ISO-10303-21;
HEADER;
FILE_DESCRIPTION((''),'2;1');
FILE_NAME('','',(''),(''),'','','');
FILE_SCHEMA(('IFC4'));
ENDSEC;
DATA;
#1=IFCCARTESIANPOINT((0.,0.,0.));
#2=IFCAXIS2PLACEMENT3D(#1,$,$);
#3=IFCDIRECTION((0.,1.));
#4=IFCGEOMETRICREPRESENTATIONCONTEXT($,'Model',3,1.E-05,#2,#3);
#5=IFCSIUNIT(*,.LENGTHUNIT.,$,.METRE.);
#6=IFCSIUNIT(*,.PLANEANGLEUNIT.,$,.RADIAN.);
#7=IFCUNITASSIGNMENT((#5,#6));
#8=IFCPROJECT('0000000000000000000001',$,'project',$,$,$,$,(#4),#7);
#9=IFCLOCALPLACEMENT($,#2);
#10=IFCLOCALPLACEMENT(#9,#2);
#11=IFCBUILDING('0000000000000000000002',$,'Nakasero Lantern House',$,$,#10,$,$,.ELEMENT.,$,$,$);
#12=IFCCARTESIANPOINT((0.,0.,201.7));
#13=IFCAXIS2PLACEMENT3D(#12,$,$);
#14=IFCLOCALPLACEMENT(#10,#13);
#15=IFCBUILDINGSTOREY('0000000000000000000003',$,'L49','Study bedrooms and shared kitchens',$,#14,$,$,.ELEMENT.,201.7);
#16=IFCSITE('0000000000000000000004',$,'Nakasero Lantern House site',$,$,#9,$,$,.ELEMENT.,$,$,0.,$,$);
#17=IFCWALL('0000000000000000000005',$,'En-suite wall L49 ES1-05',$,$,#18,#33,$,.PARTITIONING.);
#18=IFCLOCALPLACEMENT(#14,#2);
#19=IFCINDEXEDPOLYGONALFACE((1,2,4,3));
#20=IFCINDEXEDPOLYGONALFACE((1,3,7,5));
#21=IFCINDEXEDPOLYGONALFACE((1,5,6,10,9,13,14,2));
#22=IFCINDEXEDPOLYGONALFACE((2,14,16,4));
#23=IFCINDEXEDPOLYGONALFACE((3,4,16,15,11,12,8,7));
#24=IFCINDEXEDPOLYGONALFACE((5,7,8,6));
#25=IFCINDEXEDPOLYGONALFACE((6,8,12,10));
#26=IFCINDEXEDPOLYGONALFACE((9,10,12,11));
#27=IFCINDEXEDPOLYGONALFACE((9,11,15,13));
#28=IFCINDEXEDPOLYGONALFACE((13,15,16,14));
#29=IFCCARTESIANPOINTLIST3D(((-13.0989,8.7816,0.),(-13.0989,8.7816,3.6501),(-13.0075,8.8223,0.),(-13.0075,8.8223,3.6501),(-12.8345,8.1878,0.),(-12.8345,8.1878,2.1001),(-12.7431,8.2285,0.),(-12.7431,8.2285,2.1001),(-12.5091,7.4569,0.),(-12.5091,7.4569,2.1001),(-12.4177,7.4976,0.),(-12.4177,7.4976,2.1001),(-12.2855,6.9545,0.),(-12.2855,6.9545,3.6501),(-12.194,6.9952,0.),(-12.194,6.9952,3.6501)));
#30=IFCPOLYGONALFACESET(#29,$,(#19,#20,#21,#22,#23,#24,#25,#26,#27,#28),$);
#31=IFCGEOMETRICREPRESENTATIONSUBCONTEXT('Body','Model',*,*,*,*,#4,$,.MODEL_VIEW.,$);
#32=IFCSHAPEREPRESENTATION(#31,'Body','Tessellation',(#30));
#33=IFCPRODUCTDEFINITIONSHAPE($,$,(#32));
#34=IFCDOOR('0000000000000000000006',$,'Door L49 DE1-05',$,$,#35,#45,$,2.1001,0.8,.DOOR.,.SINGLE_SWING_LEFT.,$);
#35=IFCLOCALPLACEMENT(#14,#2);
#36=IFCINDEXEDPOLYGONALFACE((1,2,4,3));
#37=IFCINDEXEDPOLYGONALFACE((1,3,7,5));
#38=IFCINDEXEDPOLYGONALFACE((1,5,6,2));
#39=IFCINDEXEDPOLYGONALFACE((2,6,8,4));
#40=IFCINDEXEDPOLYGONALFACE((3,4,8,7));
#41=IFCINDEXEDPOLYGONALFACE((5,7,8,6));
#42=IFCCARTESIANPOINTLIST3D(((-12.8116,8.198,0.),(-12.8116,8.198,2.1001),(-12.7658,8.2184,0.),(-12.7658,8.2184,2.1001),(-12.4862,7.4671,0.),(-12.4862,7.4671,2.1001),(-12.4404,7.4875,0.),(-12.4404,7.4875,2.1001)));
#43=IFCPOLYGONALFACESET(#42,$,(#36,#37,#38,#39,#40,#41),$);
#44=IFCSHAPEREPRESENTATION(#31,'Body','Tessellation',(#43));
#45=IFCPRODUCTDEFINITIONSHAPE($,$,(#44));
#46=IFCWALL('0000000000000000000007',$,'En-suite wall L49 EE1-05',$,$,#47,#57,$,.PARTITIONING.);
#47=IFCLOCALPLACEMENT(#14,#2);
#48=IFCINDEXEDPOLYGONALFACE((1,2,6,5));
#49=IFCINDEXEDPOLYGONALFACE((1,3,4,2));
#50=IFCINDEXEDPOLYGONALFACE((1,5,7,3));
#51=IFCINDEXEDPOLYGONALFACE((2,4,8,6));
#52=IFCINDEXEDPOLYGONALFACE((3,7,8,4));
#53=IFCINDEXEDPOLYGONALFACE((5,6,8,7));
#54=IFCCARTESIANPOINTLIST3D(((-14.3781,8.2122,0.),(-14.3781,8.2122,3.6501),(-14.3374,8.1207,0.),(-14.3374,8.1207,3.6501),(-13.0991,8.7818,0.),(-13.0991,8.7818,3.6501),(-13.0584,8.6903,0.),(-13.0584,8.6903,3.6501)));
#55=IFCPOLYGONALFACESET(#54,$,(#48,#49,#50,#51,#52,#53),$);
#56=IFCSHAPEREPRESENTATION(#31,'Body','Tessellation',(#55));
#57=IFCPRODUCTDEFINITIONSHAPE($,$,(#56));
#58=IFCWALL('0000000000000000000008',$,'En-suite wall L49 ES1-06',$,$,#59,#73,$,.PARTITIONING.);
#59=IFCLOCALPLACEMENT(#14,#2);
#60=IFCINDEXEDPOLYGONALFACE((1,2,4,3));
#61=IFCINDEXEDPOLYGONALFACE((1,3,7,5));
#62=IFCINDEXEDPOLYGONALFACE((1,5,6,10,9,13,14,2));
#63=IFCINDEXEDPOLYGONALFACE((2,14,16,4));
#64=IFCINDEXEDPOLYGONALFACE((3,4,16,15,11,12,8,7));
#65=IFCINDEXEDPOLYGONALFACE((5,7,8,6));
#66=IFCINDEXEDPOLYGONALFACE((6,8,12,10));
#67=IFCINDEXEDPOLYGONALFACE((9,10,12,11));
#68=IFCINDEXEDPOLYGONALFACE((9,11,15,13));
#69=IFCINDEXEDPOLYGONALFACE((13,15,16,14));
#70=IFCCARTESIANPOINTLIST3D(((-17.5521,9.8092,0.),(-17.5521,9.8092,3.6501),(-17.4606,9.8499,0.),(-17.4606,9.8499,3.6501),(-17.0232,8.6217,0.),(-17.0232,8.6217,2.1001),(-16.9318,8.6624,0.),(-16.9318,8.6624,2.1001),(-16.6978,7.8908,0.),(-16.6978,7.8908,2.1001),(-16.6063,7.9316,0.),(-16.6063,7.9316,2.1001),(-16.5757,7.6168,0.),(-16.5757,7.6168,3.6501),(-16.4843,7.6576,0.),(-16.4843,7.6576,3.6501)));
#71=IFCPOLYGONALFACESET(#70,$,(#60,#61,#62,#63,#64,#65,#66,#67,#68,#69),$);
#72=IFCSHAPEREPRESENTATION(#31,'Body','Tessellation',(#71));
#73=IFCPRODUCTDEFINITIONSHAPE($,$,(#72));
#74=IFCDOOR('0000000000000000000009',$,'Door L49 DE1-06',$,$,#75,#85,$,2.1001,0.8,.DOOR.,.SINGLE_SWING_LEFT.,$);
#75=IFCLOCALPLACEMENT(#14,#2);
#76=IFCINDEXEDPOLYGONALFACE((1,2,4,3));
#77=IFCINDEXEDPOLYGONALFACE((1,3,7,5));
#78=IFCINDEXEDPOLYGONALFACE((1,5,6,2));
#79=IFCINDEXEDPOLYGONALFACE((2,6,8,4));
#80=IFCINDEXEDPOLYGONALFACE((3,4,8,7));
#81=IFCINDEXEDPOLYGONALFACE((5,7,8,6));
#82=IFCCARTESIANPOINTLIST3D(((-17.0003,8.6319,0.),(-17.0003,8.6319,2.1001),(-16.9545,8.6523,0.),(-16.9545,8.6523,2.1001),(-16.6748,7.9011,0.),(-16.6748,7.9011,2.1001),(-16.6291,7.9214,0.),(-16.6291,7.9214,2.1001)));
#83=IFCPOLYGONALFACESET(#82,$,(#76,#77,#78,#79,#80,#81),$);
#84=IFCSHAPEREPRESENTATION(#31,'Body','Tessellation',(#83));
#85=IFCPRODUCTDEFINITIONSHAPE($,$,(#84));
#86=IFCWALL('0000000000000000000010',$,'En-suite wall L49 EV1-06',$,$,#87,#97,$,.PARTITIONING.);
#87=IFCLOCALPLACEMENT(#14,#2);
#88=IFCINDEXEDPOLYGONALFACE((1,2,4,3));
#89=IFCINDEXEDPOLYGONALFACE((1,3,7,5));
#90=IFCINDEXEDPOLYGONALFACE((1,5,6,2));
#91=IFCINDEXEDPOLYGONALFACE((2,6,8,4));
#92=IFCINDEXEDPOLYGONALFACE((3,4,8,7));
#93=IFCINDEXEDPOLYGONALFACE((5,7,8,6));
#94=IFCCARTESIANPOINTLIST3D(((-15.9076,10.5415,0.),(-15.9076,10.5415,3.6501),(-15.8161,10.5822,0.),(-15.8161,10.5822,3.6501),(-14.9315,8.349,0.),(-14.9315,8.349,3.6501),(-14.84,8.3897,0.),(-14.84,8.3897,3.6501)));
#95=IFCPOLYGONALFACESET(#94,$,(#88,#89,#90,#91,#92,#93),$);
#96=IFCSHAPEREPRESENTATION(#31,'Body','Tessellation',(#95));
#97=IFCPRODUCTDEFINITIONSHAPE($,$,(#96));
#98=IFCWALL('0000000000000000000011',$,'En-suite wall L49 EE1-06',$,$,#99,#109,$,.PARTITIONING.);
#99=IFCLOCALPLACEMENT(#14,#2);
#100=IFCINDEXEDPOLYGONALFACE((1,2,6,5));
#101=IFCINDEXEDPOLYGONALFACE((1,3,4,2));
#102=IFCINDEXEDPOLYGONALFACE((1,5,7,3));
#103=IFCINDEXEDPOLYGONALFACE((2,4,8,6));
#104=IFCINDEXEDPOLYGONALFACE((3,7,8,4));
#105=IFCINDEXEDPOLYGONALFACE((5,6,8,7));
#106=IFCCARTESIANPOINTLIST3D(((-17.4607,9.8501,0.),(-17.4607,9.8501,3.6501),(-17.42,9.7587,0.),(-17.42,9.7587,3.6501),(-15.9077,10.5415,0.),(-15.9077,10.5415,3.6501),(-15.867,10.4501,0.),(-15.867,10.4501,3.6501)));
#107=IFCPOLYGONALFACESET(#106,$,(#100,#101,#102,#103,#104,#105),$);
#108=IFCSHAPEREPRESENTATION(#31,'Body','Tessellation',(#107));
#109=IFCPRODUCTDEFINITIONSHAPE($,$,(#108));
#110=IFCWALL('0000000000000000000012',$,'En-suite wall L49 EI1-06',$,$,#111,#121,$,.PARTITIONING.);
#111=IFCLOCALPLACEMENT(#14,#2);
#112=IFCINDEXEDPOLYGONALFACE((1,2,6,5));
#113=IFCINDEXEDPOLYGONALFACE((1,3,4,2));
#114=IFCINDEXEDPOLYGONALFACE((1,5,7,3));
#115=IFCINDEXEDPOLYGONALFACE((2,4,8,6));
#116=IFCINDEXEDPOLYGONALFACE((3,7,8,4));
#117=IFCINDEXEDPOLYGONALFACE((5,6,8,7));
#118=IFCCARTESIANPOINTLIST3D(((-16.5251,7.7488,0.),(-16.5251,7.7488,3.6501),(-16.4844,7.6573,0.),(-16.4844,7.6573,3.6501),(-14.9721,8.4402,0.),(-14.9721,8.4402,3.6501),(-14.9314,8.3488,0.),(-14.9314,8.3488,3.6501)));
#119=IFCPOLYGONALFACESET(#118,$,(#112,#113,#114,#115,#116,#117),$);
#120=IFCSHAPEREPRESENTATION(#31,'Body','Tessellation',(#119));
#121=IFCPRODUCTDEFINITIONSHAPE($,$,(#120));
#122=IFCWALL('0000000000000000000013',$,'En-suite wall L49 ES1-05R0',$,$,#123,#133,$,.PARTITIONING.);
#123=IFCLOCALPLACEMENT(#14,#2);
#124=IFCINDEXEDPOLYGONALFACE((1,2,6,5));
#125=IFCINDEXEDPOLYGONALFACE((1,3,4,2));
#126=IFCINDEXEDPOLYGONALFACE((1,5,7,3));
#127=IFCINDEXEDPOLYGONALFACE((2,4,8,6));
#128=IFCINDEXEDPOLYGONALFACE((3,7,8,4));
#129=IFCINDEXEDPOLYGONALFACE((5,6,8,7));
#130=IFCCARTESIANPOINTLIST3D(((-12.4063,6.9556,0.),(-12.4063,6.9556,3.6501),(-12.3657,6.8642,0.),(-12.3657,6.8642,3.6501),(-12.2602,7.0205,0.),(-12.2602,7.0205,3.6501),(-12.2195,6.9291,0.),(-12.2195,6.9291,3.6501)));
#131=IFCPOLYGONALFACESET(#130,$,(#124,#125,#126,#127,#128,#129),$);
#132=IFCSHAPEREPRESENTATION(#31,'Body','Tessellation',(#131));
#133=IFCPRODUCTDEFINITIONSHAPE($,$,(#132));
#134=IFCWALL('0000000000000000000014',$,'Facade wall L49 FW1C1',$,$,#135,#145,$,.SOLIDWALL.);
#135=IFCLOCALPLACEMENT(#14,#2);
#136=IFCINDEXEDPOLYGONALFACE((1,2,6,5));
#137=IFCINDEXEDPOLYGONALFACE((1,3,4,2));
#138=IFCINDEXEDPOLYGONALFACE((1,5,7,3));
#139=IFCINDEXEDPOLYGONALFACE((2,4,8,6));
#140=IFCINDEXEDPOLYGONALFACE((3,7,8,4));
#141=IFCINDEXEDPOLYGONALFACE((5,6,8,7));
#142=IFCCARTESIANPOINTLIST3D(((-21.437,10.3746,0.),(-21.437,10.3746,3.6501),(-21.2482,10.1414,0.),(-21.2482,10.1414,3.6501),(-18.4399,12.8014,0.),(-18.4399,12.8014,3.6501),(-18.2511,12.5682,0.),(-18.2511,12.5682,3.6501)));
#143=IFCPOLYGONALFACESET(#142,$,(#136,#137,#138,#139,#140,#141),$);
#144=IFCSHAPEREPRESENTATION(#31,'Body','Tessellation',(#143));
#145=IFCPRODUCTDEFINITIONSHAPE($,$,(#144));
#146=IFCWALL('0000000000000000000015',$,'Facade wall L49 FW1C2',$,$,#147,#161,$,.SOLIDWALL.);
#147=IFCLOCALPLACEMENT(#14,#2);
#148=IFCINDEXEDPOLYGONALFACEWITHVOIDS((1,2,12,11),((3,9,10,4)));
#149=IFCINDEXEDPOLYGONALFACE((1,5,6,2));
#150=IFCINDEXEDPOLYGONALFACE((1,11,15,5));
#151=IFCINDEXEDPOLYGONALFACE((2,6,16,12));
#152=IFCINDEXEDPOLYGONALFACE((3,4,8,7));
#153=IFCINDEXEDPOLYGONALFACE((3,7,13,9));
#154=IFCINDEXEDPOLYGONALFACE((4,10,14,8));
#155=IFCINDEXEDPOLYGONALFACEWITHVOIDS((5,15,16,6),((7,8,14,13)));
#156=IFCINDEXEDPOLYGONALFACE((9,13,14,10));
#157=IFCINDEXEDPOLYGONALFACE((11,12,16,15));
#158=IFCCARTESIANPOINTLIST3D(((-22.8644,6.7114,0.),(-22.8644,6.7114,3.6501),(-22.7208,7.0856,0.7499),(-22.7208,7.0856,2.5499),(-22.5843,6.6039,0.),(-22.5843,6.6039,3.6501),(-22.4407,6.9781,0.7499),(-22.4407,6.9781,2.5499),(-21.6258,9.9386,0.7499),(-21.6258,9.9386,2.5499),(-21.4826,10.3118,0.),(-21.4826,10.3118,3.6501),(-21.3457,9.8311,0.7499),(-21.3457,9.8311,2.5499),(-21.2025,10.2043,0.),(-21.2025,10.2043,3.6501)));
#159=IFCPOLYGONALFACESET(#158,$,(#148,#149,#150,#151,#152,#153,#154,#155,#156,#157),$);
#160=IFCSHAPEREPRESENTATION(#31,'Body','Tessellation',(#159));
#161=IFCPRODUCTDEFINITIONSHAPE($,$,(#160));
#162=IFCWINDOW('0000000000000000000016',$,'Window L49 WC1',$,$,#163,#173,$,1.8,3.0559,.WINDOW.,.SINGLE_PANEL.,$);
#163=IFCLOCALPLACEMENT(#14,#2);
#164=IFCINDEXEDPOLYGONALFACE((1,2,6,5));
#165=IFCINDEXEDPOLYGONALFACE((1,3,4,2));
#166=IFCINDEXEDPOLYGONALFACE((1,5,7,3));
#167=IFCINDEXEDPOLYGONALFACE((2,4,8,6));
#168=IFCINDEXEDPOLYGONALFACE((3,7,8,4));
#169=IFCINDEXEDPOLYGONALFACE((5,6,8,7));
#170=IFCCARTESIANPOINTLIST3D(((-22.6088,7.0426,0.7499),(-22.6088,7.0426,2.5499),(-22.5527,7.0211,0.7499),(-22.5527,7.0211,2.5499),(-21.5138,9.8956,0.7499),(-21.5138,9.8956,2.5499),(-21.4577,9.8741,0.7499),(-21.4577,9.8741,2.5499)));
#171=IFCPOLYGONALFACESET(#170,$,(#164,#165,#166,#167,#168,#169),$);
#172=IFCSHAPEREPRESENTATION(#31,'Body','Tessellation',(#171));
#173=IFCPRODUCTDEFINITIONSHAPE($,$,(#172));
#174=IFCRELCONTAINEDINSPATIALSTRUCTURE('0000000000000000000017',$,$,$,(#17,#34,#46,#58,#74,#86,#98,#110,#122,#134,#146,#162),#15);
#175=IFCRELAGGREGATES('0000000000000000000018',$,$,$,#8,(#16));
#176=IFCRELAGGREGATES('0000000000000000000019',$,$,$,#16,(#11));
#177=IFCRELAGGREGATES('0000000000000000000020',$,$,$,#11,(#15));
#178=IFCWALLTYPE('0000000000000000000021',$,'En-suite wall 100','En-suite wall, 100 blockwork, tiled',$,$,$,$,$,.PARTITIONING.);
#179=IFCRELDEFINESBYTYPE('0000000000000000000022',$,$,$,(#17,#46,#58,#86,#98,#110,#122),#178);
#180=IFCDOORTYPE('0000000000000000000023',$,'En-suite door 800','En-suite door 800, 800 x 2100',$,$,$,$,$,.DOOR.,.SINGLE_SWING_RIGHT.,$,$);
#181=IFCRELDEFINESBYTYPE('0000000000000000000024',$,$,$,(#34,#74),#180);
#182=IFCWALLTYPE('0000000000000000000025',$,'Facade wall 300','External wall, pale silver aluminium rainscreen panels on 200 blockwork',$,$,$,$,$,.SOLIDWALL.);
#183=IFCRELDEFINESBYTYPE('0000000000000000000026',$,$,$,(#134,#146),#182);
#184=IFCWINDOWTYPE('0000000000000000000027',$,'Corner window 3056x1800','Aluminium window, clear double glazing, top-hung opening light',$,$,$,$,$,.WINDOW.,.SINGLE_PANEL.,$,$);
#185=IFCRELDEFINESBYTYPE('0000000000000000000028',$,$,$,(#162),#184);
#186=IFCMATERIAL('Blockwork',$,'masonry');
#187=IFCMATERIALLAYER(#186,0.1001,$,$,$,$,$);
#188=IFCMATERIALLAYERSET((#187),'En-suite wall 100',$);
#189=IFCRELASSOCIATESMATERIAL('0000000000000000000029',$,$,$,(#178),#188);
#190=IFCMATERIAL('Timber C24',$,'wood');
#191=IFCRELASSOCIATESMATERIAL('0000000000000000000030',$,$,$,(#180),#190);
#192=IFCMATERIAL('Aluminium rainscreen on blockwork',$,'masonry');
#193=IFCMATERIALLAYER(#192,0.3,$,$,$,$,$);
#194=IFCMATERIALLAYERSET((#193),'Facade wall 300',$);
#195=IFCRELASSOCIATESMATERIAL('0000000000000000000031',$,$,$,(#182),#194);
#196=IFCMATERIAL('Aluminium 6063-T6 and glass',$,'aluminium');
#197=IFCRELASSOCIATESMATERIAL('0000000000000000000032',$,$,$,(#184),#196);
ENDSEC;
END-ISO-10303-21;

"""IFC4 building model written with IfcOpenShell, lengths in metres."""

from ifc_helpers import new_model, si_unit, direction, frame, frame_2d, origin, place, context, subcontext, project, spatial, rectangle, extrude, material, layer, layer_set, type_object, element, fill, save


model = new_model("IFC4")

# Units and contexts
model_context = context("Model", 3, precision=1e-05, world=origin(), true_north=direction((0.0, 1.0)))
body_context = subcontext(model_context, "Body", "Model", "MODEL_VIEW")
ifc_project = project(units=[si_unit("LENGTHUNIT", "METRE"), si_unit("PLANEANGLEUNIT", "RADIAN")], contexts=[model_context])

# Site, building, storey
site_placement = place(None, origin())
site = spatial("IfcSite", under=ifc_project, at=site_placement, Name="Nakasero Lantern House site", CompositionType="ELEMENT", RefElevation=0.0)
building_placement = place(site_placement, origin())
building = spatial("IfcBuilding", under=site, at=building_placement, Name="Nakasero Lantern House", CompositionType="ELEMENT")
storey_placement = place(building_placement, frame((0.0, 0.0, 201.7)))
storey = spatial("IfcBuildingStorey", under=building, at=storey_placement, Name="L49", Description="Study bedrooms and shared kitchens", CompositionType="ELEMENT", Elevation=201.7)

# Wall, opening, door
ifc_material_1 = material(Name="Blockwork", Category="masonry")
ifc_layer_1 = layer(ifc_material_1, 0.1001)
ifc_layer_set_1 = layer_set([ifc_layer_1], Name="En-suite wall 100")
wall_type_1 = type_object("IfcWallType", Name="En-suite wall 100", Description="En-suite wall, 100 blockwork, tiled", PredefinedType="PARTITIONING", material=ifc_layer_set_1)
wall_1_placement = place(storey_placement, frame((-12.2397, 6.9749, 0.0), z_axis=(0.0, 0.0, 1.0), x_axis=(-0.406727, 0.91355, 0.0)))
wall_1 = element("IfcWall", 1, at=wall_1_placement, inside=storey, type_object=wall_type_1, Name="En-suite wall L49 ES1-05", PredefinedType="PARTITIONING", context=body_context, shape_type="SweptSolid", body=[
    extrude(rectangle(XDim=2.0, YDim=0.1001, at=frame_2d((1.0, 0.0))), origin(), (0.0, 0.0, 1.0), 3.6501),
])
opening_1_placement = place(wall_1_placement, frame((0.55, 0.0, 0.0)))
opening_1 = element("IfcOpeningElement", 2, at=opening_1_placement, cuts=wall_1, PredefinedType="OPENING", context=body_context, shape_type="SweptSolid", body=[
    extrude(rectangle(XDim=0.8, YDim=2.1001, at=frame_2d((0.3999, 1.05))), frame((0.0, 0.0701, 0.0), z_axis=(0.0, -1.0, 0.0), x_axis=(1.0, 0.0, 0.0)), (0.0, 0.0, 1.0), 0.1401),
])
ifc_material_2 = material(Name="Timber C24", Category="wood")
door_type = type_object("IfcDoorType", Name="En-suite door 800", Description="En-suite door 800, 800 x 2100", OperationType="SINGLE_SWING_RIGHT", PredefinedType="DOOR", material=ifc_material_2)
door_1_placement = place(opening_1_placement, origin())
door_1 = element("IfcDoor", 3, at=door_1_placement, inside=storey, type_object=door_type, Name="Door L49 DE1-05", OperationType="SINGLE_SWING_LEFT", OverallHeight=2.1001, OverallWidth=0.8, PredefinedType="DOOR", context=body_context, shape_type="SweptSolid", body=[
    extrude(rectangle(XDim=0.8, YDim=2.1001, at=frame_2d((0.3999, 1.05))), frame((0.0, 0.0249, 0.0), z_axis=(0.0, -1.0, 0.0), x_axis=(1.0, 0.0, 0.0)), (0.0, 0.0, 1.0), 0.05),
])
fill(opening_1, door_1)

# Wall
wall_2_placement = place(storey_placement, frame((-13.0786, 8.7361, 0.0), z_axis=(0.0, 0.0, 1.0), x_axis=(-0.913516, -0.406802, 0.0)))
element("IfcWall", 4, at=wall_2_placement, inside=storey, type_object=wall_type_1, Name="En-suite wall L49 EE1-05", PredefinedType="PARTITIONING", context=body_context, shape_type="SweptSolid", body=[
    extrude(rectangle(XDim=1.4001, YDim=0.1001, at=frame_2d((0.7002, 0.0))), origin(), (0.0, 0.0, 1.0), 3.6501),
])

# Wall, opening, door
wall_3_placement = place(storey_placement, frame((-16.53, 7.6372, 0.0), z_axis=(0.0, 0.0, 1.0), x_axis=(-0.406809, 0.913513, 0.0)))
wall_3 = element("IfcWall", 5, at=wall_3_placement, inside=storey, type_object=wall_type_1, Name="En-suite wall L49 ES1-06", PredefinedType="PARTITIONING", context=body_context, shape_type="SweptSolid", body=[
    extrude(rectangle(XDim=2.3999, YDim=0.1001, at=frame_2d((1.2, 0.0))), origin(), (0.0, 0.0, 1.0), 3.6501),
])
opening_2_placement = place(wall_3_placement, frame((0.3, 0.0, 0.0)))
opening_2 = element("IfcOpeningElement", 6, at=opening_2_placement, cuts=wall_3, PredefinedType="OPENING", context=body_context, shape_type="SweptSolid", body=[
    extrude(rectangle(XDim=0.8, YDim=2.1001, at=frame_2d((0.3999, 1.05))), frame((0.0, 0.0701, 0.0), z_axis=(0.0, -1.0, 0.0), x_axis=(1.0, 0.0, 0.0)), (0.0, 0.0, 1.0), 0.1401),
])
door_2_placement = place(opening_2_placement, origin())
door_2 = element("IfcDoor", 7, at=door_2_placement, inside=storey, type_object=door_type, Name="Door L49 DE1-06", OperationType="SINGLE_SWING_LEFT", OverallHeight=2.1001, OverallWidth=0.8, PredefinedType="DOOR", context=body_context, shape_type="SweptSolid", body=[
    extrude(rectangle(XDim=0.8, YDim=2.1001, at=frame_2d((0.3999, 1.05))), frame((0.0, 0.0249, 0.0), z_axis=(0.0, -1.0, 0.0), x_axis=(1.0, 0.0, 0.0)), (0.0, 0.0, 1.0), 0.05),
])
fill(opening_2, door_2)

# Walls
wall_4_placement = place(storey_placement, frame((-14.8857, 8.3694, 0.0), z_axis=(0.0, 0.0, 1.0), x_axis=(-0.406724, 0.913551, 0.0)))
element("IfcWall", 8, at=wall_4_placement, inside=storey, type_object=wall_type_1, Name="En-suite wall L49 EV1-06", PredefinedType="PARTITIONING", context=body_context, shape_type="SweptSolid", body=[
    extrude(rectangle(XDim=2.3999, YDim=0.1001, at=frame_2d((1.2, 0.0))), origin(), (0.0, 0.0, 1.0), 3.6501),
])
for number, where, z_axis, x_axis, name in (
    (9, (-15.8872, 10.4958, 0.0), (0.0, 0.0, 1.0), (-0.913551, -0.406725, 0.0), "En-suite wall L49 EE1-06"),
    (10, (-14.9517, 8.3945, 0.0), (0.0, 0.0, 1.0), (-0.913551, -0.406725, 0.0), "En-suite wall L49 EI1-06"),
):
    element("IfcWall", number, at=place(storey_placement, frame(where, z_axis=z_axis, x_axis=x_axis)), inside=storey, type_object=wall_type_1, Name=name, PredefinedType="PARTITIONING", context=body_context, shape_type="SweptSolid", body=[
        extrude(rectangle(XDim=1.7, YDim=0.1001, at=frame_2d((0.8501, 0.0))), origin(), (0.0, 0.0, 1.0), 3.6501),
    ])
wall_5_placement = place(storey_placement, frame((-12.2397, 6.9749, 0.0), z_axis=(0.0, 0.0, 1.0), x_axis=(-0.913937, -0.405855, 0.0)))
element("IfcWall", 11, at=wall_5_placement, inside=storey, type_object=wall_type_1, Name="En-suite wall L49 ES1-05R0", PredefinedType="PARTITIONING", context=body_context, shape_type="SweptSolid", body=[
    extrude(rectangle(XDim=0.1599, YDim=0.1001, at=frame_2d((0.0801, 0.0))), origin(), (0.0, 0.0, 1.0), 3.6501),
])
ifc_material_3 = material(Name="Aluminium rainscreen on blockwork", Category="masonry")
ifc_layer_2 = layer(ifc_material_3, 0.3)
ifc_layer_set_2 = layer_set([ifc_layer_2], Name="Facade wall 300")
wall_type_2 = type_object("IfcWallType", Name="Facade wall 300", Description="External wall, pale silver aluminium rainscreen panels on 200 blockwork", PredefinedType="SOLIDWALL", material=ifc_layer_set_2)
wall_6_placement = place(storey_placement, frame((-18.3455, 12.6848, 0.0), z_axis=(0.0, 0.0, 1.0), x_axis=(-0.777174, -0.629286, 0.0)))
element("IfcWall", 12, at=wall_6_placement, inside=storey, type_object=wall_type_2, Name="Facade wall L49 FW1C1", PredefinedType="SOLIDWALL", context=body_context, shape_type="SweptSolid", body=[
    extrude(rectangle(XDim=3.8564, YDim=0.3, at=frame_2d((1.9282, 0.0))), origin(), (0.0, 0.0, 1.0), 3.6501),
])

# Wall, opening, window
wall_7_placement = place(storey_placement, frame((-21.3425, 10.2581, 0.0), z_axis=(0.0, 0.0, 1.0), x_axis=(-0.358321, -0.933598, 0.0)))
wall_7 = element("IfcWall", 13, at=wall_7_placement, inside=storey, type_object=wall_type_2, Name="Facade wall L49 FW1C2", PredefinedType="SOLIDWALL", context=body_context, shape_type="SweptSolid", body=[
    extrude(rectangle(XDim=3.8564, YDim=0.3, at=frame_2d((1.9282, 0.0))), origin(), (0.0, 0.0, 1.0), 3.6501),
])
opening_3_placement = place(wall_7_placement, frame((0.3999, 0.0, 0.75)))
opening_3 = element("IfcOpeningElement", 14, at=opening_3_placement, cuts=wall_7, PredefinedType="OPENING", context=body_context, shape_type="SweptSolid", body=[
    extrude(rectangle(XDim=3.0559, YDim=1.8, at=frame_2d((1.5278, 0.8999))), frame((0.0, 0.1699, 0.0), z_axis=(0.0, -1.0, 0.0), x_axis=(1.0, 0.0, 0.0)), (0.0, 0.0, 1.0), 0.3401),
])
ifc_material_4 = material(Name="Aluminium 6063-T6 and glass", Category="aluminium")
window_type = type_object("IfcWindowType", Name="Corner window 3056x1800", Description="Aluminium window, clear double glazing, top-hung opening light", PartitioningType="SINGLE_PANEL", PredefinedType="WINDOW", material=ifc_material_4)
window_placement = place(opening_3_placement, origin())
window = element("IfcWindow", 15, at=window_placement, inside=storey, type_object=window_type, Name="Window L49 WC1", OverallHeight=1.8, OverallWidth=3.0559, PartitioningType="SINGLE_PANEL", PredefinedType="WINDOW", context=body_context, shape_type="SweptSolid", body=[
    extrude(rectangle(XDim=3.0559, YDim=1.8, at=frame_2d((1.5278, 0.8999))), frame((0.0, 0.03, 0.0), z_axis=(0.0, -1.0, 0.0), x_axis=(1.0, 0.0, 0.0)), (0.0, 0.0, 1.0), 0.0601),
])
fill(opening_3, window)

save(model, "model.ifc")
